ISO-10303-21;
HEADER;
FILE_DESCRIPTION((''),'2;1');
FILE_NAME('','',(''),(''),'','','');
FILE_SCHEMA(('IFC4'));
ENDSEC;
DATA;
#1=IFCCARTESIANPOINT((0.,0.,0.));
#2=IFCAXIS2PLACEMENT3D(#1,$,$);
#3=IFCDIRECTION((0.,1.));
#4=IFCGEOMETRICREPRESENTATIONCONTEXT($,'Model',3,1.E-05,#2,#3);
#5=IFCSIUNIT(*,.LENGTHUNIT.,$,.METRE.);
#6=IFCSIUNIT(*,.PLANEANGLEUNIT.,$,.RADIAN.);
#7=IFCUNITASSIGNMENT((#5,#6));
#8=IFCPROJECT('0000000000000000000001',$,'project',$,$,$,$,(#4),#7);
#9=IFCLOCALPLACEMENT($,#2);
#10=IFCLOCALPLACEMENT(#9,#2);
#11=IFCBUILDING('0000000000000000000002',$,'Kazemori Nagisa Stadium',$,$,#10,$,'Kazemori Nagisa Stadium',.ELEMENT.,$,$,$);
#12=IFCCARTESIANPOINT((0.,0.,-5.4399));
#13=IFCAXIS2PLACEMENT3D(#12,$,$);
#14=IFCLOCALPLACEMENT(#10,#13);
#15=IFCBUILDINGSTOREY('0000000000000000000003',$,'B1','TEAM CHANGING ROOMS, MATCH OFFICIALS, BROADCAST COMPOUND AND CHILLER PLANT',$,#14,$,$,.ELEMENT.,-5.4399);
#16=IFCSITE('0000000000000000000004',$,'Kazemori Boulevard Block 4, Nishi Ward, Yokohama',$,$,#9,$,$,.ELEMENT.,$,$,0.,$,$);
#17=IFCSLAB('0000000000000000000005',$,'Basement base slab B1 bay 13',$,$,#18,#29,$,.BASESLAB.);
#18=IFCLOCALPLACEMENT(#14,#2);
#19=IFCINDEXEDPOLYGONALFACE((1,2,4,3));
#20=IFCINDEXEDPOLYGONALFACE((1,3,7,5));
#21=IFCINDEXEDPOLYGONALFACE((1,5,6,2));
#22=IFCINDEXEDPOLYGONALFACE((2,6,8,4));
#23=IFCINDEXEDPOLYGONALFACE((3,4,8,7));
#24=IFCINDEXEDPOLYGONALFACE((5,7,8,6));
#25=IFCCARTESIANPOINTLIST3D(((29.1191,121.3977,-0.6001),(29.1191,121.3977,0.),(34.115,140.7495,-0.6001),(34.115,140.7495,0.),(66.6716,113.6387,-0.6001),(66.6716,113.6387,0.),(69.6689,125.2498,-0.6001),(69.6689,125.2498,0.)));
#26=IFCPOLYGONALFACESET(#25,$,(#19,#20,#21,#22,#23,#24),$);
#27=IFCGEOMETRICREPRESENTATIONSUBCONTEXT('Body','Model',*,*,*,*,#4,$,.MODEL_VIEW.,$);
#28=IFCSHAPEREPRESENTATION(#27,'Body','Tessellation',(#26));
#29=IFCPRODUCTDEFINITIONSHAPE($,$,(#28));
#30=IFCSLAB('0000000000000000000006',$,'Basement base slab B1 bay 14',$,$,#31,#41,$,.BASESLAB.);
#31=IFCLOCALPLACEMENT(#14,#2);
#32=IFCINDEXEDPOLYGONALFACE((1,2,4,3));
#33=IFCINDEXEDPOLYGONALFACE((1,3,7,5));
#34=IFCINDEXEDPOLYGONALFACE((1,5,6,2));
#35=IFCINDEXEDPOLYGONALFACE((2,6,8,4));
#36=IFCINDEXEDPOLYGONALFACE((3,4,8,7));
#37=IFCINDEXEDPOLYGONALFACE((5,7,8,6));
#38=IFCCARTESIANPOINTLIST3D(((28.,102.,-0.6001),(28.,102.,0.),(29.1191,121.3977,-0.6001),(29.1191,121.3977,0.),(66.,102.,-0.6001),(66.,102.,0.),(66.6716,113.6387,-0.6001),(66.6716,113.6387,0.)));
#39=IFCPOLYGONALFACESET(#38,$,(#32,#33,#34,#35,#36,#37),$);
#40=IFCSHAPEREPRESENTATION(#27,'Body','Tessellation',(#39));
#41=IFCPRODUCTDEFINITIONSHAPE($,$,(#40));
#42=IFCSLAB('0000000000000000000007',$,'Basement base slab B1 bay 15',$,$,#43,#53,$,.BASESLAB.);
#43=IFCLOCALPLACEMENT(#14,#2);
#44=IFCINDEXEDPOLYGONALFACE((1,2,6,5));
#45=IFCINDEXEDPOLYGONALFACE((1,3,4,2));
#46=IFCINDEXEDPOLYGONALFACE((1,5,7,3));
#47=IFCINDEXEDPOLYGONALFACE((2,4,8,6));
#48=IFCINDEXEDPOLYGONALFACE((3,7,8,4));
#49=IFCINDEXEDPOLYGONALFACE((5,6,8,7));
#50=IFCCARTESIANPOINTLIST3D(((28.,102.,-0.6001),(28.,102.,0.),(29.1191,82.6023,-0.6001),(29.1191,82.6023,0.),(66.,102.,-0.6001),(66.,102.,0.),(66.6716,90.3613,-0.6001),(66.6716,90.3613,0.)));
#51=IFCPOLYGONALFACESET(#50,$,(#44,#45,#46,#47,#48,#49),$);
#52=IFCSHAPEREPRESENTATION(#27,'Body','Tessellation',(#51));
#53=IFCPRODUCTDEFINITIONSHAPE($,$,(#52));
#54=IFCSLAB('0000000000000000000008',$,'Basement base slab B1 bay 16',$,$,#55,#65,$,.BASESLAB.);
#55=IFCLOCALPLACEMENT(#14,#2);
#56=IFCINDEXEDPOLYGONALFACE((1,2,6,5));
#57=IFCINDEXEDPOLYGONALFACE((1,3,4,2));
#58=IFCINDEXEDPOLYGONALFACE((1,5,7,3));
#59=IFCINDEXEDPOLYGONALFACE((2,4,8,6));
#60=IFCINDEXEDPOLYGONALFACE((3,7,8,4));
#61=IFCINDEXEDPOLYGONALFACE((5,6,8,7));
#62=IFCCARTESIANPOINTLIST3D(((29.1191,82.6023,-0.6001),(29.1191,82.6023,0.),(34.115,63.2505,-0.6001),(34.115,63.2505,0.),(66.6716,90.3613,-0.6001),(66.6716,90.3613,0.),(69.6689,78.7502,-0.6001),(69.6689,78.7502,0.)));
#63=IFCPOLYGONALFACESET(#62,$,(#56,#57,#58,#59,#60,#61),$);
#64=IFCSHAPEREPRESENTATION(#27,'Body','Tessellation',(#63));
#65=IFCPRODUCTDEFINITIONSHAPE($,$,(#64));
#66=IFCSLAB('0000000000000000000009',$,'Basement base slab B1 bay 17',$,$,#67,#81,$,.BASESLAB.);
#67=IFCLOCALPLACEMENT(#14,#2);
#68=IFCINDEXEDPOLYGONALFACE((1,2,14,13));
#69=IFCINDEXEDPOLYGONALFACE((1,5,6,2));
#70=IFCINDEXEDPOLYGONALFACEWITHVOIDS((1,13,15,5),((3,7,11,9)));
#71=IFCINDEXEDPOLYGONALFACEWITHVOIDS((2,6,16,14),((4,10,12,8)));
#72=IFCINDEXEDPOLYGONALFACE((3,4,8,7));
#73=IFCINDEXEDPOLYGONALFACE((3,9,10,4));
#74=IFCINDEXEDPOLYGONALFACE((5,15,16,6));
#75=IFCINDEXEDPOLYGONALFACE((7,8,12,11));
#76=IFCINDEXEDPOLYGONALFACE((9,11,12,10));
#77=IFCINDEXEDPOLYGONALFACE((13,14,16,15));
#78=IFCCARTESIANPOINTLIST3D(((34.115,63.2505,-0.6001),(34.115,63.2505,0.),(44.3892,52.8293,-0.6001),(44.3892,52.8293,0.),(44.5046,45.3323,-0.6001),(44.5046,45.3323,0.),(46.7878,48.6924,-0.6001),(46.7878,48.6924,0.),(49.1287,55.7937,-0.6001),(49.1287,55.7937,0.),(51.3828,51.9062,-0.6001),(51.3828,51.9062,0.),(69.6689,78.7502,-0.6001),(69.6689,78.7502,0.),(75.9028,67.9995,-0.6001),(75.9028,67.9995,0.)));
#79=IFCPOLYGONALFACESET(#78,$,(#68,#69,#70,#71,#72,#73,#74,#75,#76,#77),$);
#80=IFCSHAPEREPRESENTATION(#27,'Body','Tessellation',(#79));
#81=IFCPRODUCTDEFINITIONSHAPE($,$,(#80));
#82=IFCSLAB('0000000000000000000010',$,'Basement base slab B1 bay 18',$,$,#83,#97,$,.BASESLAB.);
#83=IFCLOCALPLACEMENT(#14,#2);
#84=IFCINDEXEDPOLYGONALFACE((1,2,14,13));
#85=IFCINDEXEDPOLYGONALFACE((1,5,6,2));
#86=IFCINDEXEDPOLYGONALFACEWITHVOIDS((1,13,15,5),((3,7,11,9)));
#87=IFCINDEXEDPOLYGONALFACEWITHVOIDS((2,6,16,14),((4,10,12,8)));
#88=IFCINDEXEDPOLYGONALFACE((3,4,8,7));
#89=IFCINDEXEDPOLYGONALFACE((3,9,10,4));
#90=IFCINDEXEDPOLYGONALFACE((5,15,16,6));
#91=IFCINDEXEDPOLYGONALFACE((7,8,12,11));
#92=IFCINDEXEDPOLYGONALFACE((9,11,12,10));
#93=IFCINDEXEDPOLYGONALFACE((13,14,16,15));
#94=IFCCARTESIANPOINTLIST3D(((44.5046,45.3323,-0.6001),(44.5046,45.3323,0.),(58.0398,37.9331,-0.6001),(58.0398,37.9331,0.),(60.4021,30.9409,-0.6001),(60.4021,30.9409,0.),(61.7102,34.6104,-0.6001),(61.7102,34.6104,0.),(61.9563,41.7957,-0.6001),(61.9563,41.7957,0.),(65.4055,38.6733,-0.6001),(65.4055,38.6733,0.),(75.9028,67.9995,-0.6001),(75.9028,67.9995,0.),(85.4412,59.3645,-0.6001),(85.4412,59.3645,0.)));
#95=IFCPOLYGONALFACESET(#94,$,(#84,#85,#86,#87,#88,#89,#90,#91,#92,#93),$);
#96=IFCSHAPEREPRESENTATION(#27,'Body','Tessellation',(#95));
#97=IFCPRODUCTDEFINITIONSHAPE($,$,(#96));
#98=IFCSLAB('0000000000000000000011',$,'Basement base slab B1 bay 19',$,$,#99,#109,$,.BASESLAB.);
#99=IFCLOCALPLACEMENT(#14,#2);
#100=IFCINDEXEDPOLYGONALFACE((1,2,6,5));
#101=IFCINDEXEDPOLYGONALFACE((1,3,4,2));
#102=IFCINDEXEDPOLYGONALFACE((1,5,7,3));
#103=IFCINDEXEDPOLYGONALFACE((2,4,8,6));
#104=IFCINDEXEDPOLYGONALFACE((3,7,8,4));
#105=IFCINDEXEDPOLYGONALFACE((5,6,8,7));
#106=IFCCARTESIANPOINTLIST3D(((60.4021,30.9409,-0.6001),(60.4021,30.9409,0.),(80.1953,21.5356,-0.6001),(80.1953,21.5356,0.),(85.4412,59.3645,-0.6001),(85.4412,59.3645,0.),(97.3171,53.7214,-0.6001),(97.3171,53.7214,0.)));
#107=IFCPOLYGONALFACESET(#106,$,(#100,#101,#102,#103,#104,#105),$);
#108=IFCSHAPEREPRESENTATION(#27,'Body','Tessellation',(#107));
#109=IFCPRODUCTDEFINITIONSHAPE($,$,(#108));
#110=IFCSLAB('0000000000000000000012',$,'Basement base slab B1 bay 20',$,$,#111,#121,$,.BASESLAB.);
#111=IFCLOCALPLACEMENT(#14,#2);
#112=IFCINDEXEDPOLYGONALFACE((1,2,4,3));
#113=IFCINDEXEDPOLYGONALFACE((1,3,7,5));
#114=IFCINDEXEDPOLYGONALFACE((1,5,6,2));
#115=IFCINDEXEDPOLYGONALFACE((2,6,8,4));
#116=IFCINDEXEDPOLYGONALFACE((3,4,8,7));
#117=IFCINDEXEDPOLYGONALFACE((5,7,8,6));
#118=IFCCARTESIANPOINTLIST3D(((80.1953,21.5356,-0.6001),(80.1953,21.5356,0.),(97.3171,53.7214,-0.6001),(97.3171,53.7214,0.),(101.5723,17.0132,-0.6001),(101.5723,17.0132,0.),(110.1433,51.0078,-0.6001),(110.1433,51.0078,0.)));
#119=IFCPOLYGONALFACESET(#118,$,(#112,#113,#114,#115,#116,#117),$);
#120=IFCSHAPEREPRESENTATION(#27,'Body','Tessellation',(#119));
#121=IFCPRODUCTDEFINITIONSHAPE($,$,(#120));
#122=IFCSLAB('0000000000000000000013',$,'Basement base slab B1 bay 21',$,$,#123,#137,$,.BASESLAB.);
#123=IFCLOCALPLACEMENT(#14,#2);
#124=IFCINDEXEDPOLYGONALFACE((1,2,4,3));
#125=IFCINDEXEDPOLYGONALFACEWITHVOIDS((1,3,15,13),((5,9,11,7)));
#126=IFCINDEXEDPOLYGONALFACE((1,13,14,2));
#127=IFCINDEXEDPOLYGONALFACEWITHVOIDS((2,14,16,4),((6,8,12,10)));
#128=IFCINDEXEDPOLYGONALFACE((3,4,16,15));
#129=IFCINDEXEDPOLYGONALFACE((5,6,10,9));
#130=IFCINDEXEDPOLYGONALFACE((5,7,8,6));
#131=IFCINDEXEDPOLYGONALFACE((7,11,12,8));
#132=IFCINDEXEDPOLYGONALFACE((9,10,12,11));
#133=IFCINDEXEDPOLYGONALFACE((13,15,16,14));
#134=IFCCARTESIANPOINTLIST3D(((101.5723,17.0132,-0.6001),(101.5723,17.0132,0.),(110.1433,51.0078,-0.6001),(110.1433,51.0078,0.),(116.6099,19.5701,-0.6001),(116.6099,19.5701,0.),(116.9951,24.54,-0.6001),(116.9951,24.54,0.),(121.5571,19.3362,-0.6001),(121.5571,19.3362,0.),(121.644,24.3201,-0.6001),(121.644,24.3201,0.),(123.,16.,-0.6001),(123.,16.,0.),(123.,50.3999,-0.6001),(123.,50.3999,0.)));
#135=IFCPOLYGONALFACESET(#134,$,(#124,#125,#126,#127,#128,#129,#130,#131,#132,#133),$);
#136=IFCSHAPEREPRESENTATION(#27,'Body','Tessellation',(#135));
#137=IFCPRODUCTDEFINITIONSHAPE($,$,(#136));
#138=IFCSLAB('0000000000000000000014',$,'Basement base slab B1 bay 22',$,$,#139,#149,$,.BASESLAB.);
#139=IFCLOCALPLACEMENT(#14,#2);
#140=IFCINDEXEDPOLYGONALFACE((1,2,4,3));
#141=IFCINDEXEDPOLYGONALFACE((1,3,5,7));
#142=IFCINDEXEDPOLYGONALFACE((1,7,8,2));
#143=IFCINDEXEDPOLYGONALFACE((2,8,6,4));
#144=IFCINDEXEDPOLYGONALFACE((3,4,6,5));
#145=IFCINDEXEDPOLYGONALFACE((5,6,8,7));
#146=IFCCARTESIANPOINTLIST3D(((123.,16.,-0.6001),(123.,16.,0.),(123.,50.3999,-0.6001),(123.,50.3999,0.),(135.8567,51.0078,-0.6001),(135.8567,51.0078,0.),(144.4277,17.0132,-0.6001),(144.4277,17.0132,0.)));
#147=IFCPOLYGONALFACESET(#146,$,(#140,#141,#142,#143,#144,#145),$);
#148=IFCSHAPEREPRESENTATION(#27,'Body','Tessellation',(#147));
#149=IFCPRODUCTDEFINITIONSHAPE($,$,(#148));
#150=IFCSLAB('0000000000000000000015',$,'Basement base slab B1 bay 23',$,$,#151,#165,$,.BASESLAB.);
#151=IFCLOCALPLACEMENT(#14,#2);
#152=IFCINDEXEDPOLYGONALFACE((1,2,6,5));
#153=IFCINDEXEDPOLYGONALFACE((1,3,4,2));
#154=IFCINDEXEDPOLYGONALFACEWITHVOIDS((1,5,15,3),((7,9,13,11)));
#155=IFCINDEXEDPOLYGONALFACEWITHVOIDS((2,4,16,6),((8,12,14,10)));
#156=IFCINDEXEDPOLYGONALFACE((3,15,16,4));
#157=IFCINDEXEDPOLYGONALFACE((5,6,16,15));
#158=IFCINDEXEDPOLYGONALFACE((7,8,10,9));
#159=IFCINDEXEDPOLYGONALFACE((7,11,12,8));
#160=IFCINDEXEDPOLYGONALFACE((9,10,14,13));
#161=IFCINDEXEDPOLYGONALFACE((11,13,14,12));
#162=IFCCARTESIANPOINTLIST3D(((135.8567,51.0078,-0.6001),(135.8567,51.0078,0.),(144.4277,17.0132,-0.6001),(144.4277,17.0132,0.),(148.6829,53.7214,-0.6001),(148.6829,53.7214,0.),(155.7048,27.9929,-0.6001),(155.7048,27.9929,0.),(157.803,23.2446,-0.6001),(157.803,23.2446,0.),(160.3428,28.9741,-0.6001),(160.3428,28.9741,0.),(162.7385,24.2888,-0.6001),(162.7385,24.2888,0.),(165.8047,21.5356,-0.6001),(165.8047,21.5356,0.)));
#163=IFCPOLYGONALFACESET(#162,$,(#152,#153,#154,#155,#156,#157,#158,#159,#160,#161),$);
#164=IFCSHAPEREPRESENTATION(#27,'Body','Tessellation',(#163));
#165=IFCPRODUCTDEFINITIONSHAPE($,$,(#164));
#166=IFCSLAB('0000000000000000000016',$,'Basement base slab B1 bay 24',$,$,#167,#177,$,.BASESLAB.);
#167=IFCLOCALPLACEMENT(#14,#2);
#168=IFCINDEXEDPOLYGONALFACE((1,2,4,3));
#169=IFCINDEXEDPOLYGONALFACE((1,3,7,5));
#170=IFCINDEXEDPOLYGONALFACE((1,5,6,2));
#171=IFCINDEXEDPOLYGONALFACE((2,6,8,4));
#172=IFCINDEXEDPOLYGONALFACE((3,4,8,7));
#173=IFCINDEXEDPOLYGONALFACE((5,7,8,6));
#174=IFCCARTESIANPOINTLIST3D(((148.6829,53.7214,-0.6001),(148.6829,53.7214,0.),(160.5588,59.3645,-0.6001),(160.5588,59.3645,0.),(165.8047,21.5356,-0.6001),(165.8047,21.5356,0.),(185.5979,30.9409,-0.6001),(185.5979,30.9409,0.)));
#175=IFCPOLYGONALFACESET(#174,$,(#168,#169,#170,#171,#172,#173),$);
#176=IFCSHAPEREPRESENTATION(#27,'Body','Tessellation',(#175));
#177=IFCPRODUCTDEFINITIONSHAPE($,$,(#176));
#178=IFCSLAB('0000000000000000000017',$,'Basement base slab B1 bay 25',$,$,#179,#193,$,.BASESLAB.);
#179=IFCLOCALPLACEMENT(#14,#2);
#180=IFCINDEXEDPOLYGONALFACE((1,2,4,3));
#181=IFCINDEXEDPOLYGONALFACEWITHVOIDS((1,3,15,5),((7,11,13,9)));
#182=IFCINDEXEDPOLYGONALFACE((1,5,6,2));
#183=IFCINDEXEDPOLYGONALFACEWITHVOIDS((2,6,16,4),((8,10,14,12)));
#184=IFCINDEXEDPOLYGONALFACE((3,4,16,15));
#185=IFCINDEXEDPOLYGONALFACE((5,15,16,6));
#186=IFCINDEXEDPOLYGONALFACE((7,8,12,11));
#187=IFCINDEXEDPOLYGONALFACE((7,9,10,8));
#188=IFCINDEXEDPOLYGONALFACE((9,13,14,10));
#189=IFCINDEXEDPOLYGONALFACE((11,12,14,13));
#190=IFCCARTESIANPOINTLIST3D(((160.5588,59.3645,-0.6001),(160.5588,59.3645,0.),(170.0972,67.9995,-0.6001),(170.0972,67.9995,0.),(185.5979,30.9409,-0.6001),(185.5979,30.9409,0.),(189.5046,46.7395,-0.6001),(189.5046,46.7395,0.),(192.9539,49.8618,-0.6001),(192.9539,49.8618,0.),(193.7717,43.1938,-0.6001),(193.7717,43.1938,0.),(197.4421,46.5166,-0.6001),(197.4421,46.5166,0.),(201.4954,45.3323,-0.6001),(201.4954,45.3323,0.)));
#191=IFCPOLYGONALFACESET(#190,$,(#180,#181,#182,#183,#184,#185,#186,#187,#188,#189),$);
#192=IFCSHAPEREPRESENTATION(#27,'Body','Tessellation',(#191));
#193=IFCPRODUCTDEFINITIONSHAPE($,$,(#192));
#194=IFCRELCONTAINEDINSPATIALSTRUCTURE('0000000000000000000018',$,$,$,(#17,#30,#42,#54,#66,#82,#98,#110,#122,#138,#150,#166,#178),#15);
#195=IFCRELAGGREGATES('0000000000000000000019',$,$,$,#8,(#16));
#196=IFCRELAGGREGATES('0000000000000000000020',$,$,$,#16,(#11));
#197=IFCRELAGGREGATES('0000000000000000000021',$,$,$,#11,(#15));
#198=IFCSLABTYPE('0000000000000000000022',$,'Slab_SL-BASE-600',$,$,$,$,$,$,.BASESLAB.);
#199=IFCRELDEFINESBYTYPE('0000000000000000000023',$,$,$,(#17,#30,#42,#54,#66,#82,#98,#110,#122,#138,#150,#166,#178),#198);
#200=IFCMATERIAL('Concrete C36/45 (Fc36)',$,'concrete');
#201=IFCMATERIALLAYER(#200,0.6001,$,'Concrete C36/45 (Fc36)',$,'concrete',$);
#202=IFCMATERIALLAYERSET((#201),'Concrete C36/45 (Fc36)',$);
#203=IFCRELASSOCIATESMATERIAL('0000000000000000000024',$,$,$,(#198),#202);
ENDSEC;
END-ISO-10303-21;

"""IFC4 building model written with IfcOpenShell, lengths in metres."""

from ifc_helpers import new_model, si_unit, direction, frame, origin, place, context, subcontext, project, spatial, polyline, outline, extrude, material, layer, layer_set, type_object, element, save


model = new_model("IFC4")

# Units and contexts
model_context = context("Model", 3, precision=1e-05, world=origin(), true_north=direction((0.0, 1.0)))
body_context = subcontext(model_context, "Body", "Model", "MODEL_VIEW")
ifc_project = project(units=[si_unit("LENGTHUNIT", "METRE"), si_unit("PLANEANGLEUNIT", "RADIAN")], contexts=[model_context])

# Site, building, storey
site_placement = place(None, origin())
site = spatial("IfcSite", under=ifc_project, at=site_placement, Name="Kazemori Boulevard Block 4, Nishi Ward, Yokohama", CompositionType="ELEMENT", RefElevation=0.0)
building_placement = place(site_placement, origin())
building = spatial("IfcBuilding", under=site, at=building_placement, Name="Kazemori Nagisa Stadium", LongName="Kazemori Nagisa Stadium", CompositionType="ELEMENT")
storey_placement = place(building_placement, frame((0.0, 0.0, -5.4399)))
storey = spatial("IfcBuildingStorey", under=building, at=storey_placement, Name="B1", Description="TEAM CHANGING ROOMS, MATCH OFFICIALS, BROADCAST COMPOUND AND CHILLER PLANT", CompositionType="ELEMENT", Elevation=-5.4399)

# Slabs
ifc_material = material(Name="Concrete C36/45 (Fc36)", Category="concrete")
ifc_layer_1 = layer(ifc_material, 0.6001, Name="Concrete C36/45 (Fc36)", Category="concrete")
ifc_layer_set_1 = layer_set([ifc_layer_1], Name="Concrete C36/45 (Fc36)")
slab_type_1 = type_object("IfcSlabType", Name="Slab_SL-BASE-600", PredefinedType="BASESLAB", material=ifc_layer_set_1)
slab_1_placement = place(storey_placement, frame((0.0, 0.0, -0.6001)))
element("IfcSlab", 1, at=slab_1_placement, inside=storey, type_object=slab_type_1, Name="Basement base slab B1 bay 13", PredefinedType="BASESLAB", context=body_context, shape_type="SweptSolid", body=[
    extrude(outline(polyline([(69.6689, 125.2498), (66.6716, 113.6387), (29.1191, 121.3977), (34.115, 140.7495), (69.6689, 125.2498)])), origin(), (0.0, 0.0, 1.0), 0.6001),
])
slab_2_placement = place(storey_placement, frame((0.0, 0.0, -0.6001)))
element("IfcSlab", 2, at=slab_2_placement, inside=storey, type_object=slab_type_1, Name="Basement base slab B1 bay 14", PredefinedType="BASESLAB", context=body_context, shape_type="SweptSolid", body=[
    extrude(outline(polyline([(66.6716, 113.6387), (66.0, 102.0), (28.0, 102.0), (29.1191, 121.3977), (66.6716, 113.6387)])), origin(), (0.0, 0.0, 1.0), 0.6001),
])
slab_3_placement = place(storey_placement, frame((0.0, 0.0, -0.6001)))
element("IfcSlab", 3, at=slab_3_placement, inside=storey, type_object=slab_type_1, Name="Basement base slab B1 bay 15", PredefinedType="BASESLAB", context=body_context, shape_type="SweptSolid", body=[
    extrude(outline(polyline([(66.0, 102.0), (66.6716, 90.3613), (29.1191, 82.6023), (28.0, 102.0), (66.0, 102.0)])), origin(), (0.0, 0.0, 1.0), 0.6001),
])
slab_4_placement = place(storey_placement, frame((0.0, 0.0, -0.6001)))
element("IfcSlab", 4, at=slab_4_placement, inside=storey, type_object=slab_type_1, Name="Basement base slab B1 bay 16", PredefinedType="BASESLAB", context=body_context, shape_type="SweptSolid", body=[
    extrude(outline(polyline([(66.6716, 90.3613), (69.6689, 78.7502), (34.115, 63.2505), (29.1191, 82.6023), (66.6716, 90.3613)])), origin(), (0.0, 0.0, 1.0), 0.6001),
])
slab_5_placement = place(storey_placement, frame((0.0, 0.0, -0.6001)))
element("IfcSlab", 5, at=slab_5_placement, inside=storey, type_object=slab_type_1, Name="Basement base slab B1 bay 17", PredefinedType="BASESLAB", context=body_context, shape_type="SweptSolid", body=[
    extrude(outline(polyline([(69.6689, 78.7502), (75.9028, 67.9995), (44.5046, 45.3323), (34.115, 63.2505), (69.6689, 78.7502)]), holes=[polyline([(49.1287, 55.7937), (51.3828, 51.9062), (46.7878, 48.6924), (44.3892, 52.8293), (49.1287, 55.7937)])]), origin(), (0.0, 0.0, 1.0), 0.6001),
])
slab_6_placement = place(storey_placement, frame((0.0, 0.0, -0.6001)))
element("IfcSlab", 6, at=slab_6_placement, inside=storey, type_object=slab_type_1, Name="Basement base slab B1 bay 18", PredefinedType="BASESLAB", context=body_context, shape_type="SweptSolid", body=[
    extrude(outline(polyline([(75.9028, 67.9995), (85.4412, 59.3645), (60.4021, 30.9409), (44.5046, 45.3323), (75.9028, 67.9995)]), holes=[polyline([(61.9563, 41.7957), (65.4055, 38.6733), (61.7102, 34.6104), (58.0398, 37.9331), (61.9563, 41.7957)])]), origin(), (0.0, 0.0, 1.0), 0.6001),
])
slab_7_placement = place(storey_placement, frame((0.0, 0.0, -0.6001)))
element("IfcSlab", 7, at=slab_7_placement, inside=storey, type_object=slab_type_1, Name="Basement base slab B1 bay 19", PredefinedType="BASESLAB", context=body_context, shape_type="SweptSolid", body=[
    extrude(outline(polyline([(85.4412, 59.3645), (97.3171, 53.7214), (80.1953, 21.5356), (60.4021, 30.9409), (85.4412, 59.3645)])), origin(), (0.0, 0.0, 1.0), 0.6001),
])
slab_8_placement = place(storey_placement, frame((0.0, 0.0, -0.6001)))
element("IfcSlab", 8, at=slab_8_placement, inside=storey, type_object=slab_type_1, Name="Basement base slab B1 bay 20", PredefinedType="BASESLAB", context=body_context, shape_type="SweptSolid", body=[
    extrude(outline(polyline([(97.3171, 53.7214), (110.1433, 51.0078), (101.5723, 17.0132), (80.1953, 21.5356), (97.3171, 53.7214)])), origin(), (0.0, 0.0, 1.0), 0.6001),
])
slab_9_placement = place(storey_placement, frame((0.0, 0.0, -0.6001)))
element("IfcSlab", 9, at=slab_9_placement, inside=storey, type_object=slab_type_1, Name="Basement base slab B1 bay 21", PredefinedType="BASESLAB", context=body_context, shape_type="SweptSolid", body=[
    extrude(outline(polyline([(110.1433, 51.0078), (123.0, 50.3999), (123.0, 16.0), (101.5723, 17.0132), (110.1433, 51.0078)]), holes=[polyline([(116.9951, 24.54), (121.644, 24.3201), (121.5571, 19.3362), (116.6099, 19.5701), (116.9951, 24.54)])]), origin(), (0.0, 0.0, 1.0), 0.6001),
])
slab_10_placement = place(storey_placement, frame((0.0, 0.0, -0.6001)))
element("IfcSlab", 10, at=slab_10_placement, inside=storey, type_object=slab_type_1, Name="Basement base slab B1 bay 22", PredefinedType="BASESLAB", context=body_context, shape_type="SweptSolid", body=[
    extrude(outline(polyline([(123.0, 50.3999), (135.8567, 51.0078), (144.4277, 17.0132), (123.0, 16.0), (123.0, 50.3999)])), origin(), (0.0, 0.0, 1.0), 0.6001),
])
slab_11_placement = place(storey_placement, frame((0.0, 0.0, -0.6001)))
element("IfcSlab", 11, at=slab_11_placement, inside=storey, type_object=slab_type_1, Name="Basement base slab B1 bay 23", PredefinedType="BASESLAB", context=body_context, shape_type="SweptSolid", body=[
    extrude(outline(polyline([(135.8567, 51.0078), (148.6829, 53.7214), (165.8047, 21.5356), (144.4277, 17.0132), (135.8567, 51.0078)]), holes=[polyline([(155.7048, 27.9929), (160.3428, 28.9741), (162.7385, 24.2888), (157.803, 23.2446), (155.7048, 27.9929)])]), origin(), (0.0, 0.0, 1.0), 0.6001),
])
slab_12_placement = place(storey_placement, frame((0.0, 0.0, -0.6001)))
element("IfcSlab", 12, at=slab_12_placement, inside=storey, type_object=slab_type_1, Name="Basement base slab B1 bay 24", PredefinedType="BASESLAB", context=body_context, shape_type="SweptSolid", body=[
    extrude(outline(polyline([(148.6829, 53.7214), (160.5588, 59.3645), (185.5979, 30.9409), (165.8047, 21.5356), (148.6829, 53.7214)])), origin(), (0.0, 0.0, 1.0), 0.6001),
])
slab_13_placement = place(storey_placement, frame((0.0, 0.0, -0.6001)))
element("IfcSlab", 13, at=slab_13_placement, inside=storey, type_object=slab_type_1, Name="Basement base slab B1 bay 25", PredefinedType="BASESLAB", context=body_context, shape_type="SweptSolid", body=[
    extrude(outline(polyline([(160.5588, 59.3645), (170.0972, 67.9995), (201.4954, 45.3323), (185.5979, 30.9409), (160.5588, 59.3645)]), holes=[polyline([(189.5046, 46.7395), (192.9539, 49.8618), (197.4421, 46.5166), (193.7717, 43.1938), (189.5046, 46.7395)])]), origin(), (0.0, 0.0, 1.0), 0.6001),
])

save(model, "model.ifc")
